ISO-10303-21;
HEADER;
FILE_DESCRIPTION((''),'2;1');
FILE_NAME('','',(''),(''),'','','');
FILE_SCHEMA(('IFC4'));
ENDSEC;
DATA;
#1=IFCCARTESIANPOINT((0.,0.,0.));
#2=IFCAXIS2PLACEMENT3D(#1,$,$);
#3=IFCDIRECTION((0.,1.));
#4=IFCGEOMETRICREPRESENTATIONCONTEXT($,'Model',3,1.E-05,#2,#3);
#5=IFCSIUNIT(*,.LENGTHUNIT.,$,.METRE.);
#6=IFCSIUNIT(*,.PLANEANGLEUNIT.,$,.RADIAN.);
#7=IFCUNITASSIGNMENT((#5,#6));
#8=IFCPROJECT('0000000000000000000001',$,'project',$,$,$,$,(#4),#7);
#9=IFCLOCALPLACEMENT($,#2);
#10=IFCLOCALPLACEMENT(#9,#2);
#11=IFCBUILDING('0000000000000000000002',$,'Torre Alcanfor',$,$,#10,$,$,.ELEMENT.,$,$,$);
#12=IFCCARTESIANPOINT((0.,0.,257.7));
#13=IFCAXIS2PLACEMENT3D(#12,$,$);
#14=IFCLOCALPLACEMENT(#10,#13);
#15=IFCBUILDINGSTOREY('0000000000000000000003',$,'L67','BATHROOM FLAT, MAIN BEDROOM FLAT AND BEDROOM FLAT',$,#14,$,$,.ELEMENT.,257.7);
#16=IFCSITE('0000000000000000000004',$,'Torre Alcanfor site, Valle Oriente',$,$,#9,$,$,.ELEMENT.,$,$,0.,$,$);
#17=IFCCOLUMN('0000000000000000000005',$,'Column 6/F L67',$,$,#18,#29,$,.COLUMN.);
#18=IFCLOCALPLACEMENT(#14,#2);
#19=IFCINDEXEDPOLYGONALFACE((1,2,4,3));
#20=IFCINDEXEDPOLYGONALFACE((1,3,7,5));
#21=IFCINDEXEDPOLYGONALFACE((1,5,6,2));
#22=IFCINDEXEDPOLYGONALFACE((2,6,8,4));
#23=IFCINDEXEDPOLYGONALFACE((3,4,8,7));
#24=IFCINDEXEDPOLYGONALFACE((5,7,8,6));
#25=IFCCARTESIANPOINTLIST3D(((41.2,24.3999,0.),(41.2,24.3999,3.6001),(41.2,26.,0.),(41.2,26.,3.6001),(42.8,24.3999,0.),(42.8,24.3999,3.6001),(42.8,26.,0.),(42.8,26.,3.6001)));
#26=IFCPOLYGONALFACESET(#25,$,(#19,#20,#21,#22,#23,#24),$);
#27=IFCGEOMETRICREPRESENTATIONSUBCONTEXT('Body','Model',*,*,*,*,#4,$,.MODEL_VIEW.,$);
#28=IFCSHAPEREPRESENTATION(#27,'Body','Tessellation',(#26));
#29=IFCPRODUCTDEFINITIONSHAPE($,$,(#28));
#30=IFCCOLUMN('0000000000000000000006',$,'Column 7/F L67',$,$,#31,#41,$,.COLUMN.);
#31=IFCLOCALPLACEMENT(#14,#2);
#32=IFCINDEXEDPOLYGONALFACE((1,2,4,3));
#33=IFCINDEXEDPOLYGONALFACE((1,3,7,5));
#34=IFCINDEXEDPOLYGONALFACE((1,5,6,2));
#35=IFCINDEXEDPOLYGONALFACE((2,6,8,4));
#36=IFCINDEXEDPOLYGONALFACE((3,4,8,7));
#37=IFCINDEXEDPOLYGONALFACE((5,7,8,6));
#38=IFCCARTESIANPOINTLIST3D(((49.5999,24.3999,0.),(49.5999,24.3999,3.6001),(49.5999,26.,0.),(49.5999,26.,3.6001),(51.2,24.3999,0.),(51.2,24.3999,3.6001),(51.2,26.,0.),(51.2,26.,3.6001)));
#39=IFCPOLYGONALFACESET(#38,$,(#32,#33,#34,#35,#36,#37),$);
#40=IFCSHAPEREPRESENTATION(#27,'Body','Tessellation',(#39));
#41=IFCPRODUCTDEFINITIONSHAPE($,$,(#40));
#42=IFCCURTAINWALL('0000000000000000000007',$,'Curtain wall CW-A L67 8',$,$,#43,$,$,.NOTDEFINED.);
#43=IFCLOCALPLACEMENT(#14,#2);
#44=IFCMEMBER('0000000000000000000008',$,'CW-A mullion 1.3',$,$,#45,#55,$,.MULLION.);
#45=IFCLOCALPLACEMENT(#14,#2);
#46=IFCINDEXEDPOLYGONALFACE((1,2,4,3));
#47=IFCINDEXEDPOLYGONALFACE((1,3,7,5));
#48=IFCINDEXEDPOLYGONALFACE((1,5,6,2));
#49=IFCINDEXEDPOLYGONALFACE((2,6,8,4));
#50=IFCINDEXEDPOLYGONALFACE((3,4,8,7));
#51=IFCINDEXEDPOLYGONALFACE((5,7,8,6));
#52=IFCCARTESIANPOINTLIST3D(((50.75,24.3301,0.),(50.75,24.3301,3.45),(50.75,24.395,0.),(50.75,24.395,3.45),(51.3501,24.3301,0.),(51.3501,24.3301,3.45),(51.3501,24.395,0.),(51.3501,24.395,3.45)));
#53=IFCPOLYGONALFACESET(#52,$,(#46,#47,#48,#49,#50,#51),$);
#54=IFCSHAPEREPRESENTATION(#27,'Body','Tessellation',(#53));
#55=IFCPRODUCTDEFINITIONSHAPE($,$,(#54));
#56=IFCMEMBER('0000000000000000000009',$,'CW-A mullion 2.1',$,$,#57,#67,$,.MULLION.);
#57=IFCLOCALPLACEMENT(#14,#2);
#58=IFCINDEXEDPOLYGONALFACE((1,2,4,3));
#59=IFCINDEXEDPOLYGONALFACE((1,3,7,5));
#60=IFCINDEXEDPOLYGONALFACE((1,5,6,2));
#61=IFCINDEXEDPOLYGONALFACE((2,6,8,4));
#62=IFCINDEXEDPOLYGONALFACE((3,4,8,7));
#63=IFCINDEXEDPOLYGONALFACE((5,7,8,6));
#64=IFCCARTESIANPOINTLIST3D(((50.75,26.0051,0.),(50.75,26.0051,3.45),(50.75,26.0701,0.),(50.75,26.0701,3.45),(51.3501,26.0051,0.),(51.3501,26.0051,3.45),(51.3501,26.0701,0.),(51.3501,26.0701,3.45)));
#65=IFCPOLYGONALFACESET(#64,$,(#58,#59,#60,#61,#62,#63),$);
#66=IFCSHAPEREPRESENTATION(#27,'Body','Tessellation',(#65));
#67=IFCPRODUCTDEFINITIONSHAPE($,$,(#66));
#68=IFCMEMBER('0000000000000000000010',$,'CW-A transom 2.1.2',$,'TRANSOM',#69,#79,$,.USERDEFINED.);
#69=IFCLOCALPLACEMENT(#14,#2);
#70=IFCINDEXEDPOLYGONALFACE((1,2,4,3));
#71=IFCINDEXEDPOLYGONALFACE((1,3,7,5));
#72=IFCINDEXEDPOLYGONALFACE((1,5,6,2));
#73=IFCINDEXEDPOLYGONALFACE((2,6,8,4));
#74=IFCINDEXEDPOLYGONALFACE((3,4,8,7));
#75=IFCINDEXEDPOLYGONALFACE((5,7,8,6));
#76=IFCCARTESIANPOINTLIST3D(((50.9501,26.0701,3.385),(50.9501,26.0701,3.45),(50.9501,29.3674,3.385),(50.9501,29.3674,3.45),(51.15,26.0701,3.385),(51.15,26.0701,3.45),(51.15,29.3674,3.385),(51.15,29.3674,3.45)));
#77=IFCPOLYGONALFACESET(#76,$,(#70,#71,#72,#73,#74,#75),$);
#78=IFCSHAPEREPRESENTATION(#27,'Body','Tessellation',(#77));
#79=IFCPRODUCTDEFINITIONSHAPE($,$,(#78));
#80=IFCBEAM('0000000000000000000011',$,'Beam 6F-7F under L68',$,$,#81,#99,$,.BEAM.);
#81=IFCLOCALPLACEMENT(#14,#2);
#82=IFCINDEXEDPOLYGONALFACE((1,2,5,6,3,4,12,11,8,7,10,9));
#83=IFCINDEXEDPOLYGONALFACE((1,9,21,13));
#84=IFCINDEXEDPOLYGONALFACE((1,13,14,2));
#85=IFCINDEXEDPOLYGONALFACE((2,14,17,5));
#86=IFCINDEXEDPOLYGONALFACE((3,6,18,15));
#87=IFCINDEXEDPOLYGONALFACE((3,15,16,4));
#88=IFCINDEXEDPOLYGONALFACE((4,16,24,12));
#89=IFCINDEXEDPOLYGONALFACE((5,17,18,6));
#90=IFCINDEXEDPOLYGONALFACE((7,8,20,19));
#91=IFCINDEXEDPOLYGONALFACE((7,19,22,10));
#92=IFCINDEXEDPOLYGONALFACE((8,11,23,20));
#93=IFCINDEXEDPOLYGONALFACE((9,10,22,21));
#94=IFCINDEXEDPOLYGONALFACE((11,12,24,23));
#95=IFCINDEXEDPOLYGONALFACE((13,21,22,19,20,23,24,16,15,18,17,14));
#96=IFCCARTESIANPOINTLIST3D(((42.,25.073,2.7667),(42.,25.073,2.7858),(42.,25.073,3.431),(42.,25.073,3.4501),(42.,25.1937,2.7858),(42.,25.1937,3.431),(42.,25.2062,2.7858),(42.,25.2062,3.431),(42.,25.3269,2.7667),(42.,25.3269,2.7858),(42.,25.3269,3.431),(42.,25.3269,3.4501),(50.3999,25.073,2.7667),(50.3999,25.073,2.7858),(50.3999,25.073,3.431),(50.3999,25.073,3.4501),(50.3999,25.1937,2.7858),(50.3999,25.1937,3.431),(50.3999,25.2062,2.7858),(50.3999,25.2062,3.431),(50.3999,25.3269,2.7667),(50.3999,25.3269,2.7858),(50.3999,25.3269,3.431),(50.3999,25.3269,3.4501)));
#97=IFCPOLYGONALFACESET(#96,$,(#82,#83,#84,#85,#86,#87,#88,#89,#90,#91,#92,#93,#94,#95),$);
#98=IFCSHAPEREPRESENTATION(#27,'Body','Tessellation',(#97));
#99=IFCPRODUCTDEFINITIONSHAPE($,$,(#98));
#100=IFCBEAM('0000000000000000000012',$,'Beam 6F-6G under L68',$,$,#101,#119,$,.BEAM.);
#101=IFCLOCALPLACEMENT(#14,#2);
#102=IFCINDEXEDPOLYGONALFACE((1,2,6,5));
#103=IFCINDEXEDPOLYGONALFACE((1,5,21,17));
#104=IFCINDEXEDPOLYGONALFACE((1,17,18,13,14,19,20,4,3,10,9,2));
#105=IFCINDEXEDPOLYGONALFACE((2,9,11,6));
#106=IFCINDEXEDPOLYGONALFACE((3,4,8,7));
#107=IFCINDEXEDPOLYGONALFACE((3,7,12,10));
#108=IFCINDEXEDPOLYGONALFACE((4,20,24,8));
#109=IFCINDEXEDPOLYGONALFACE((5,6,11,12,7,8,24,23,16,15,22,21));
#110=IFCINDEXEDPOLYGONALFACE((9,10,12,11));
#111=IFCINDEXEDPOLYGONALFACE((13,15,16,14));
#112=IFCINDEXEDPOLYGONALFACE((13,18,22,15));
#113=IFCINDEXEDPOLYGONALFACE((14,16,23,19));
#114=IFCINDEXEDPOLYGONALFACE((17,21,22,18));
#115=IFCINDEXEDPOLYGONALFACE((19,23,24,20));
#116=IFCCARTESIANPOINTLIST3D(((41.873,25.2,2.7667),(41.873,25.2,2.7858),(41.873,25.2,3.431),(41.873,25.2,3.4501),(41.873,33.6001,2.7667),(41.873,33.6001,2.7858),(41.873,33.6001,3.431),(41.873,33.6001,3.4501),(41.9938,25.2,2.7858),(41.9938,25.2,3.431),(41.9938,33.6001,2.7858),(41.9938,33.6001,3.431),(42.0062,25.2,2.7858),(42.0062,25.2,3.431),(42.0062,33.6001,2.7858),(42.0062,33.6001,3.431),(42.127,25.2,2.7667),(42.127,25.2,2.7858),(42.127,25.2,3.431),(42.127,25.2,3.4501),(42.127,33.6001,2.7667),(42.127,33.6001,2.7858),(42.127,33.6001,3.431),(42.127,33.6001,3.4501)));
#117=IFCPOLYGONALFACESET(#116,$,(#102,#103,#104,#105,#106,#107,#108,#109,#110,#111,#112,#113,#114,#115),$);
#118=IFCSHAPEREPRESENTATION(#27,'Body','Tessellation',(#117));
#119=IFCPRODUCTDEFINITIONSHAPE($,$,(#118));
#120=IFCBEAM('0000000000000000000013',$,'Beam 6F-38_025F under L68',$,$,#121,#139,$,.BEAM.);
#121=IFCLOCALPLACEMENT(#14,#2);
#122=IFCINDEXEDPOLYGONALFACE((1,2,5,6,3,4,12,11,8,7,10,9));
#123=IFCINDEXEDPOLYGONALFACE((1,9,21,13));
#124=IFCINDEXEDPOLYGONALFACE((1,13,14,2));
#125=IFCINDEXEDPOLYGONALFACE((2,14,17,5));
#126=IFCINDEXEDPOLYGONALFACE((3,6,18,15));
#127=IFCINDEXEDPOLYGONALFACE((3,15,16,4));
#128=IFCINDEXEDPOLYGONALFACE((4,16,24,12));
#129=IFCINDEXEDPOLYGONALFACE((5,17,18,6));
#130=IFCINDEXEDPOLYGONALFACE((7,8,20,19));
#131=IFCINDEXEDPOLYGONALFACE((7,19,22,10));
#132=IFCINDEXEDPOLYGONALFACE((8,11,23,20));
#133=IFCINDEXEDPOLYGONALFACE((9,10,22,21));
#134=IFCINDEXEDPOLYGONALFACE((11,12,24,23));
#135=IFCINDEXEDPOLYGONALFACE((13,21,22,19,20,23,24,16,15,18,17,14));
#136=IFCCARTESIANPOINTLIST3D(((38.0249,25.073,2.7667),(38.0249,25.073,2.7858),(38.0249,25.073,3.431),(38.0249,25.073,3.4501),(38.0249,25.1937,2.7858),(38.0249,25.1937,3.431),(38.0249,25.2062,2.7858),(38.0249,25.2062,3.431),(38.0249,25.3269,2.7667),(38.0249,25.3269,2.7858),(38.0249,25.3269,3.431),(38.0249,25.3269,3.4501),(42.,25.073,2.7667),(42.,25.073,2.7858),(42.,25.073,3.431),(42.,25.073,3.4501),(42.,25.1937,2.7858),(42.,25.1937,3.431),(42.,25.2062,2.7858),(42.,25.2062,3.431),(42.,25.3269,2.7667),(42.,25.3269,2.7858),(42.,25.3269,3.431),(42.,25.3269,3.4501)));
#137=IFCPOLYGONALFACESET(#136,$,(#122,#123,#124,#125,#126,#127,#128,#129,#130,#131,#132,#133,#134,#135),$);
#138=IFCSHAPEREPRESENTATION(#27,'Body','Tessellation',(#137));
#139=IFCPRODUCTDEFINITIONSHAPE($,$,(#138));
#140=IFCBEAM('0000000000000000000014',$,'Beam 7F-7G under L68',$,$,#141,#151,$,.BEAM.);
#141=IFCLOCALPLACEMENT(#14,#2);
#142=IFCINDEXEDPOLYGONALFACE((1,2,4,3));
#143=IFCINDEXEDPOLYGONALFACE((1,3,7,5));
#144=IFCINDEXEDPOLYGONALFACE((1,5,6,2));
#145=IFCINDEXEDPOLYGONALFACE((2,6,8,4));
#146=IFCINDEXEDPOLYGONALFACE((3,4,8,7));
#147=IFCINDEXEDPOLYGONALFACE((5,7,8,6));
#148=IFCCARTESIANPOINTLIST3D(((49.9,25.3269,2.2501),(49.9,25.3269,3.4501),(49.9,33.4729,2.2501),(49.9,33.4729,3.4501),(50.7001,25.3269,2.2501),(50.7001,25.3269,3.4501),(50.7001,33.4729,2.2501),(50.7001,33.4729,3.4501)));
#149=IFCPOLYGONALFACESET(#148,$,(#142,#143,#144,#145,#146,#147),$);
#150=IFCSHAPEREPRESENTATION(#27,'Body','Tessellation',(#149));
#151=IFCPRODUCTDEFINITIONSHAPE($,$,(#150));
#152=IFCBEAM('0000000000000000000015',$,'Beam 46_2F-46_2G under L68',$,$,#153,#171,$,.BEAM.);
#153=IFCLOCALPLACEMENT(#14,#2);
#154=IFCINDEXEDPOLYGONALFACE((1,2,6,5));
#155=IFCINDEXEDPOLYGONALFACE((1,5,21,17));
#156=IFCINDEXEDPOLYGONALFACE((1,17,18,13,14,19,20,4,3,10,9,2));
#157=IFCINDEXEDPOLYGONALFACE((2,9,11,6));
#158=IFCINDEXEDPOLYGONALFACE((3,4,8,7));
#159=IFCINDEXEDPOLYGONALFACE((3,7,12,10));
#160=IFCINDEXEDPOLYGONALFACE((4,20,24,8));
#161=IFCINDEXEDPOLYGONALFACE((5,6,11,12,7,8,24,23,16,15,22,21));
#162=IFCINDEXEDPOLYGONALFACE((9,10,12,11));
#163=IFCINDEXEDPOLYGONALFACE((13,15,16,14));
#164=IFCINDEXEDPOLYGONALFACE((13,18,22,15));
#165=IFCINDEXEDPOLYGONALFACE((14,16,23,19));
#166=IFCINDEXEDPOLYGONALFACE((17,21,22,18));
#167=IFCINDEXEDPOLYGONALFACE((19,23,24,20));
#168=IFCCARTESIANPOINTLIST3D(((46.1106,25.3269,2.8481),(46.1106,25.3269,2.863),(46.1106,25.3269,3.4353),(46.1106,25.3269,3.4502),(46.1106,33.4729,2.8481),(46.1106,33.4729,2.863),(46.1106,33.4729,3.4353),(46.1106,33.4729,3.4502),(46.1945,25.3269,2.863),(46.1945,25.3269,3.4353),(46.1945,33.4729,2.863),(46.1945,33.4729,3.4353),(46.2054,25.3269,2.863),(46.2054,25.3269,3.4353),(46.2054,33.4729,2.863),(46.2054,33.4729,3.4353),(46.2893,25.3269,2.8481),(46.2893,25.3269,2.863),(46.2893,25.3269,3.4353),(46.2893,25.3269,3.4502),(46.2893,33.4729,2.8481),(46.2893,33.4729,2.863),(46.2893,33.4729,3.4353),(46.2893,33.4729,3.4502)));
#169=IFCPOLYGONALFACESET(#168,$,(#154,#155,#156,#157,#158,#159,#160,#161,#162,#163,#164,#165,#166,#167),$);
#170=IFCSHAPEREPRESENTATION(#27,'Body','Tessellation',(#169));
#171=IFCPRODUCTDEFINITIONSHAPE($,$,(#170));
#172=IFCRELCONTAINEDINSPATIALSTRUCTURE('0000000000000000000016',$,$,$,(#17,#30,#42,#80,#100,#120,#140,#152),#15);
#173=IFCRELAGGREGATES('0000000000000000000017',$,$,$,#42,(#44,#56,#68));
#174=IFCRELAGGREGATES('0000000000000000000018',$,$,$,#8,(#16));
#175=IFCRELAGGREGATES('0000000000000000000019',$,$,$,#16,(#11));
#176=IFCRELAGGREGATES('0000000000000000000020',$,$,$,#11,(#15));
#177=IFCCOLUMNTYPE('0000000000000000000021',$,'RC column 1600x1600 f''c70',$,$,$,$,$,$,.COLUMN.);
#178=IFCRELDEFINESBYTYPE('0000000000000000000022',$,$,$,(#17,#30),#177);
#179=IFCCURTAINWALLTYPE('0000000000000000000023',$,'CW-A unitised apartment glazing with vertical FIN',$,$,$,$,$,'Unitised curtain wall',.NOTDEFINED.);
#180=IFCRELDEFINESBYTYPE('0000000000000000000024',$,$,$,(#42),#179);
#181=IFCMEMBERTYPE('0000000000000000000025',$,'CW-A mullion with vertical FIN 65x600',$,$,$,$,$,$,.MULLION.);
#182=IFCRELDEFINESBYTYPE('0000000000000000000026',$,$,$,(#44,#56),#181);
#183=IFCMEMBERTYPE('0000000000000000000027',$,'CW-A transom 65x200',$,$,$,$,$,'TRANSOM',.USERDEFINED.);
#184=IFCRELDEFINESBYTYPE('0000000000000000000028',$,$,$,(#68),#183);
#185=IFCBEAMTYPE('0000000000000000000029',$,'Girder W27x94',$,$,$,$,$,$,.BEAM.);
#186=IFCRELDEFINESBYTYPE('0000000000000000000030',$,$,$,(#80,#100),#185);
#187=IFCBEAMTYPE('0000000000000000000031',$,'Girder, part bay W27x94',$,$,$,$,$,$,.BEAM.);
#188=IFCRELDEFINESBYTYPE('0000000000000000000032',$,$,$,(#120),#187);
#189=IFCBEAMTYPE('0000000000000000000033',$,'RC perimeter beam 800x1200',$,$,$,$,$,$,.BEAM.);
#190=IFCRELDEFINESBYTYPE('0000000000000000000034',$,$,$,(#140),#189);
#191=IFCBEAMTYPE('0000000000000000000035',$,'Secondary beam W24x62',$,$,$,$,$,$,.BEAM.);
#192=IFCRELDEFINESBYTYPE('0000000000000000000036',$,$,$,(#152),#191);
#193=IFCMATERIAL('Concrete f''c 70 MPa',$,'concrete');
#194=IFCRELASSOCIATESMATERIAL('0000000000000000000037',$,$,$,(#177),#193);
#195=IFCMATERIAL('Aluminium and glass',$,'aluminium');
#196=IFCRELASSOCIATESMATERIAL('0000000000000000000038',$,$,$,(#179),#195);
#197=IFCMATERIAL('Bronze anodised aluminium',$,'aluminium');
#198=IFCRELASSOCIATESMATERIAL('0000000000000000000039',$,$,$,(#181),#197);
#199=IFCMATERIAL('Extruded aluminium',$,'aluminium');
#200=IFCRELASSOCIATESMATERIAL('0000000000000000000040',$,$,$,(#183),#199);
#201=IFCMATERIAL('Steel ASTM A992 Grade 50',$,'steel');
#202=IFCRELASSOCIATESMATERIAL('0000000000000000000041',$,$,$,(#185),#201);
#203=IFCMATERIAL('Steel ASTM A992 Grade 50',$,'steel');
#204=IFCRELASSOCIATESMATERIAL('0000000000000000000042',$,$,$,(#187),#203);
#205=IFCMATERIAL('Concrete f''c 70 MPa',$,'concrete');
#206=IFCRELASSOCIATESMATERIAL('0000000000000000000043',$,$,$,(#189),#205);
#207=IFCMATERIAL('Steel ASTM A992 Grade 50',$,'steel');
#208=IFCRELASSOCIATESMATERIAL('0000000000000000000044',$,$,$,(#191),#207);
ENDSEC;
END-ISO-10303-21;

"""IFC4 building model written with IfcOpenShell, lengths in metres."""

from ifc_helpers import new_model, si_unit, direction, frame, origin, origin_2d, place, context, subcontext, project, spatial, rectangle, i_section, extrude, material, material_profile, profile_set, type_object, element, aggregate, save


model = new_model("IFC4")

# Units and contexts
model_context = context("Model", 3, precision=1e-05, world=origin(), true_north=direction((0.0, 1.0)))
body_context = subcontext(model_context, "Body", "Model", "MODEL_VIEW")
ifc_project = project(units=[si_unit("LENGTHUNIT", "METRE"), si_unit("PLANEANGLEUNIT", "RADIAN")], contexts=[model_context])

# Site, building, storey
site_placement = place(None, origin())
site = spatial("IfcSite", under=ifc_project, at=site_placement, Name="Torre Alcanfor site, Valle Oriente", CompositionType="ELEMENT", RefElevation=0.0)
building_placement = place(site_placement, origin())
building = spatial("IfcBuilding", under=site, at=building_placement, Name="Torre Alcanfor", CompositionType="ELEMENT")
storey_placement = place(building_placement, frame((0.0, 0.0, 257.7)))
storey = spatial("IfcBuildingStorey", under=building, at=storey_placement, Name="L67", Description="BATHROOM FLAT, MAIN BEDROOM FLAT AND BEDROOM FLAT", CompositionType="ELEMENT", Elevation=257.7)

# Columns
ifc_material_1 = material(Name="Concrete f'c 70 MPa", Category="concrete")
ifc_material_profile_1 = material_profile(ifc_material_1, rectangle(XDim=1.6001, YDim=1.6001, at=origin_2d()), Name="1600x1600")
ifc_profile_set_1 = profile_set([ifc_material_profile_1], Name="Concrete f'c 70 MPa")
column_type = type_object("IfcColumnType", Name="RC column 1600x1600 f'c70", PredefinedType="COLUMN", material=ifc_profile_set_1)
for number, where, z_axis, x_axis, name in (
    (1, (42.0, 25.2, 0.0), (0.0, 0.0, 1.0), (1.0, 0.0, 0.0), "Column 6/F L67"),
    (2, (50.3999, 25.2, 0.0), (0.0, 0.0, 1.0), (1.0, 0.0, 0.0), "Column 7/F L67"),
):
    element("IfcColumn", number, at=place(storey_placement, frame(where, z_axis=z_axis, x_axis=x_axis)), inside=storey, type_object=column_type, Name=name, PredefinedType="COLUMN", context=body_context, shape_type="SweptSolid", body=[
        extrude(rectangle(XDim=1.6001, YDim=1.6001, at=origin_2d()), origin(), (0.0, 0.0, 1.0), 3.6001),
    ])

# Curtain wall, members
ifc_material_2 = material(Name="Aluminium and glass", Category="aluminium")
curtain_wall_type = type_object("IfcCurtainWallType", Name="CW-A unitised apartment glazing with vertical FIN", ElementType="Unitised curtain wall", PredefinedType="NOTDEFINED", material=ifc_material_2)
curtain_wall_placement = place(storey_placement, origin())
curtain_wall = element("IfcCurtainWall", 3, at=curtain_wall_placement, inside=storey, type_object=curtain_wall_type, Name="Curtain wall CW-A L67 8", PredefinedType="NOTDEFINED")
ifc_material_3 = material(Name="Bronze anodised aluminium", Category="aluminium")
ifc_material_profile_2 = material_profile(ifc_material_3, rectangle(XDim=0.6001, YDim=0.0649, at=origin_2d()), Name="CW-A mullion 65x600")
ifc_profile_set_2 = profile_set([ifc_material_profile_2], Name="Bronze anodised aluminium")
member_type_1 = type_object("IfcMemberType", Name="CW-A mullion with vertical FIN 65x600", PredefinedType="MULLION", material=ifc_profile_set_2)
member_1_placement = place(storey_placement, frame((51.05, 24.3625, 0.0), z_axis=(0.0, 0.0, 1.0), x_axis=(-1.0, 0.0, 0.0)))
member_1 = element("IfcMember", 4, at=member_1_placement, type_object=member_type_1, Name="CW-A mullion 1.3", PredefinedType="MULLION", context=body_context, shape_type="SweptSolid", body=[
    extrude(rectangle(XDim=0.6001, YDim=0.0649, at=origin_2d()), origin(), (0.0, 0.0, 1.0), 3.45),
])
member_2_placement = place(storey_placement, frame((51.05, 26.0376, 0.0), z_axis=(0.0, 0.0, 1.0), x_axis=(-1.0, 0.0, 0.0)))
member_2 = element("IfcMember", 5, at=member_2_placement, type_object=member_type_1, Name="CW-A mullion 2.1", PredefinedType="MULLION", context=body_context, shape_type="SweptSolid", body=[
    extrude(rectangle(XDim=0.6001, YDim=0.0649, at=origin_2d()), origin(), (0.0, 0.0, 1.0), 3.45),
])
ifc_material_4 = material(Name="Extruded aluminium", Category="aluminium")
ifc_material_profile_3 = material_profile(ifc_material_4, rectangle(XDim=0.2, YDim=0.0649, at=origin_2d()), Name="CW-A transom 200x65")
ifc_profile_set_3 = profile_set([ifc_material_profile_3], Name="Extruded aluminium")
member_type_2 = type_object("IfcMemberType", Name="CW-A transom 65x200", ElementType="TRANSOM", PredefinedType="USERDEFINED", material=ifc_profile_set_3)
member_3_placement = place(storey_placement, frame((51.05, 26.0701, 3.4175), z_axis=(0.0, 1.0, 0.0), x_axis=(-1.0, 0.0, 0.0)))
member_3 = element("IfcMember", 6, at=member_3_placement, type_object=member_type_2, Name="CW-A transom 2.1.2", ObjectType="TRANSOM", PredefinedType="USERDEFINED", context=body_context, shape_type="SweptSolid", body=[
    extrude(rectangle(XDim=0.2, YDim=0.0649, at=origin_2d()), origin(), (0.0, 0.0, 1.0), 3.2974),
])

# Beams
ifc_material_5 = material(Name="Steel ASTM A992 Grade 50", Category="steel")
ifc_material_profile_4 = material_profile(ifc_material_5, i_section(OverallWidth=0.2539, OverallDepth=0.6833, WebThickness=0.0125, FlangeThickness=0.019, at=origin_2d()), Name="W27x94")
ifc_profile_set_4 = profile_set([ifc_material_profile_4], Name="Steel ASTM A992 Grade 50")
beam_type_1 = type_object("IfcBeamType", Name="Girder W27x94", PredefinedType="BEAM", material=ifc_profile_set_4)
beam_1_placement = place(storey_placement, frame((42.0, 25.2, 3.1084), z_axis=(1.0, 0.0, 0.0), x_axis=(0.0, 1.0, 0.0)))
element("IfcBeam", 7, at=beam_1_placement, inside=storey, type_object=beam_type_1, Name="Beam 6F-7F under L68", PredefinedType="BEAM", context=body_context, shape_type="SweptSolid", body=[
    extrude(i_section(OverallWidth=0.2539, OverallDepth=0.6833, WebThickness=0.0125, FlangeThickness=0.019, at=origin_2d()), origin(), (0.0, 0.0, 1.0), 8.3999),
])
beam_2_placement = place(storey_placement, frame((42.0, 25.2, 3.1084), z_axis=(0.0, 1.0, 0.0), x_axis=(-1.0, 0.0, 0.0)))
element("IfcBeam", 8, at=beam_2_placement, inside=storey, type_object=beam_type_1, Name="Beam 6F-6G under L68", PredefinedType="BEAM", context=body_context, shape_type="SweptSolid", body=[
    extrude(i_section(OverallWidth=0.2539, OverallDepth=0.6833, WebThickness=0.0125, FlangeThickness=0.019, at=origin_2d()), origin(), (0.0, 0.0, 1.0), 8.4001),
])
ifc_material_6 = material(Name="Steel ASTM A992 Grade 50", Category="steel")
ifc_material_profile_5 = material_profile(ifc_material_6, i_section(OverallWidth=0.2539, OverallDepth=0.6833, WebThickness=0.0125, FlangeThickness=0.019, at=origin_2d()), Name="W27x94")
ifc_profile_set_5 = profile_set([ifc_material_profile_5], Name="Steel ASTM A992 Grade 50")
beam_type_2 = type_object("IfcBeamType", Name="Girder, part bay W27x94", PredefinedType="BEAM", material=ifc_profile_set_5)
beam_3_placement = place(storey_placement, frame((42.0, 25.2, 3.1084), z_axis=(-1.0, 0.0, 0.0), x_axis=(0.0, -1.0, 0.0)))
element("IfcBeam", 9, at=beam_3_placement, inside=storey, type_object=beam_type_2, Name="Beam 6F-38_025F under L68", PredefinedType="BEAM", context=body_context, shape_type="SweptSolid", body=[
    extrude(i_section(OverallWidth=0.2539, OverallDepth=0.6833, WebThickness=0.0125, FlangeThickness=0.019, at=origin_2d()), origin(), (0.0, 0.0, 1.0), 3.9751),
])
ifc_material_7 = material(Name="Concrete f'c 70 MPa", Category="concrete")
ifc_material_profile_6 = material_profile(ifc_material_7, rectangle(XDim=0.8, YDim=1.2, at=origin_2d()), Name="800x1200")
ifc_profile_set_6 = profile_set([ifc_material_profile_6], Name="Concrete f'c 70 MPa")
beam_type_3 = type_object("IfcBeamType", Name="RC perimeter beam 800x1200", PredefinedType="BEAM", material=ifc_profile_set_6)
beam_4_placement = place(storey_placement, frame((50.3, 25.3269, 2.8501), z_axis=(0.0, 1.0, 0.0), x_axis=(-1.0, 0.0, 0.0)))
element("IfcBeam", 10, at=beam_4_placement, inside=storey, type_object=beam_type_3, Name="Beam 7F-7G under L68", PredefinedType="BEAM", context=body_context, shape_type="SweptSolid", body=[
    extrude(rectangle(XDim=0.8, YDim=1.2, at=origin_2d()), origin(), (0.0, 0.0, 1.0), 8.146),
])
ifc_material_8 = material(Name="Steel ASTM A992 Grade 50", Category="steel")
ifc_material_profile_7 = material_profile(ifc_material_8, i_section(OverallWidth=0.1787, OverallDepth=0.6021, WebThickness=0.011, FlangeThickness=0.0149, at=origin_2d()), Name="W24x62")
ifc_profile_set_7 = profile_set([ifc_material_profile_7], Name="Steel ASTM A992 Grade 50")
beam_type_4 = type_object("IfcBeamType", Name="Secondary beam W24x62", PredefinedType="BEAM", material=ifc_profile_set_7)
beam_5_placement = place(storey_placement, frame((46.2, 25.3269, 3.1492), z_axis=(0.0, 1.0, 0.0), x_axis=(-1.0, 0.0, 0.0)))
element("IfcBeam", 11, at=beam_5_placement, inside=storey, type_object=beam_type_4, Name="Beam 46_2F-46_2G under L68", PredefinedType="BEAM", context=body_context, shape_type="SweptSolid", body=[
    extrude(i_section(OverallWidth=0.1787, OverallDepth=0.6021, WebThickness=0.011, FlangeThickness=0.0149, at=origin_2d()), origin(), (0.0, 0.0, 1.0), 8.146),
])

aggregate(curtain_wall, [member_1, member_2, member_3])

save(model, "model.ifc")
